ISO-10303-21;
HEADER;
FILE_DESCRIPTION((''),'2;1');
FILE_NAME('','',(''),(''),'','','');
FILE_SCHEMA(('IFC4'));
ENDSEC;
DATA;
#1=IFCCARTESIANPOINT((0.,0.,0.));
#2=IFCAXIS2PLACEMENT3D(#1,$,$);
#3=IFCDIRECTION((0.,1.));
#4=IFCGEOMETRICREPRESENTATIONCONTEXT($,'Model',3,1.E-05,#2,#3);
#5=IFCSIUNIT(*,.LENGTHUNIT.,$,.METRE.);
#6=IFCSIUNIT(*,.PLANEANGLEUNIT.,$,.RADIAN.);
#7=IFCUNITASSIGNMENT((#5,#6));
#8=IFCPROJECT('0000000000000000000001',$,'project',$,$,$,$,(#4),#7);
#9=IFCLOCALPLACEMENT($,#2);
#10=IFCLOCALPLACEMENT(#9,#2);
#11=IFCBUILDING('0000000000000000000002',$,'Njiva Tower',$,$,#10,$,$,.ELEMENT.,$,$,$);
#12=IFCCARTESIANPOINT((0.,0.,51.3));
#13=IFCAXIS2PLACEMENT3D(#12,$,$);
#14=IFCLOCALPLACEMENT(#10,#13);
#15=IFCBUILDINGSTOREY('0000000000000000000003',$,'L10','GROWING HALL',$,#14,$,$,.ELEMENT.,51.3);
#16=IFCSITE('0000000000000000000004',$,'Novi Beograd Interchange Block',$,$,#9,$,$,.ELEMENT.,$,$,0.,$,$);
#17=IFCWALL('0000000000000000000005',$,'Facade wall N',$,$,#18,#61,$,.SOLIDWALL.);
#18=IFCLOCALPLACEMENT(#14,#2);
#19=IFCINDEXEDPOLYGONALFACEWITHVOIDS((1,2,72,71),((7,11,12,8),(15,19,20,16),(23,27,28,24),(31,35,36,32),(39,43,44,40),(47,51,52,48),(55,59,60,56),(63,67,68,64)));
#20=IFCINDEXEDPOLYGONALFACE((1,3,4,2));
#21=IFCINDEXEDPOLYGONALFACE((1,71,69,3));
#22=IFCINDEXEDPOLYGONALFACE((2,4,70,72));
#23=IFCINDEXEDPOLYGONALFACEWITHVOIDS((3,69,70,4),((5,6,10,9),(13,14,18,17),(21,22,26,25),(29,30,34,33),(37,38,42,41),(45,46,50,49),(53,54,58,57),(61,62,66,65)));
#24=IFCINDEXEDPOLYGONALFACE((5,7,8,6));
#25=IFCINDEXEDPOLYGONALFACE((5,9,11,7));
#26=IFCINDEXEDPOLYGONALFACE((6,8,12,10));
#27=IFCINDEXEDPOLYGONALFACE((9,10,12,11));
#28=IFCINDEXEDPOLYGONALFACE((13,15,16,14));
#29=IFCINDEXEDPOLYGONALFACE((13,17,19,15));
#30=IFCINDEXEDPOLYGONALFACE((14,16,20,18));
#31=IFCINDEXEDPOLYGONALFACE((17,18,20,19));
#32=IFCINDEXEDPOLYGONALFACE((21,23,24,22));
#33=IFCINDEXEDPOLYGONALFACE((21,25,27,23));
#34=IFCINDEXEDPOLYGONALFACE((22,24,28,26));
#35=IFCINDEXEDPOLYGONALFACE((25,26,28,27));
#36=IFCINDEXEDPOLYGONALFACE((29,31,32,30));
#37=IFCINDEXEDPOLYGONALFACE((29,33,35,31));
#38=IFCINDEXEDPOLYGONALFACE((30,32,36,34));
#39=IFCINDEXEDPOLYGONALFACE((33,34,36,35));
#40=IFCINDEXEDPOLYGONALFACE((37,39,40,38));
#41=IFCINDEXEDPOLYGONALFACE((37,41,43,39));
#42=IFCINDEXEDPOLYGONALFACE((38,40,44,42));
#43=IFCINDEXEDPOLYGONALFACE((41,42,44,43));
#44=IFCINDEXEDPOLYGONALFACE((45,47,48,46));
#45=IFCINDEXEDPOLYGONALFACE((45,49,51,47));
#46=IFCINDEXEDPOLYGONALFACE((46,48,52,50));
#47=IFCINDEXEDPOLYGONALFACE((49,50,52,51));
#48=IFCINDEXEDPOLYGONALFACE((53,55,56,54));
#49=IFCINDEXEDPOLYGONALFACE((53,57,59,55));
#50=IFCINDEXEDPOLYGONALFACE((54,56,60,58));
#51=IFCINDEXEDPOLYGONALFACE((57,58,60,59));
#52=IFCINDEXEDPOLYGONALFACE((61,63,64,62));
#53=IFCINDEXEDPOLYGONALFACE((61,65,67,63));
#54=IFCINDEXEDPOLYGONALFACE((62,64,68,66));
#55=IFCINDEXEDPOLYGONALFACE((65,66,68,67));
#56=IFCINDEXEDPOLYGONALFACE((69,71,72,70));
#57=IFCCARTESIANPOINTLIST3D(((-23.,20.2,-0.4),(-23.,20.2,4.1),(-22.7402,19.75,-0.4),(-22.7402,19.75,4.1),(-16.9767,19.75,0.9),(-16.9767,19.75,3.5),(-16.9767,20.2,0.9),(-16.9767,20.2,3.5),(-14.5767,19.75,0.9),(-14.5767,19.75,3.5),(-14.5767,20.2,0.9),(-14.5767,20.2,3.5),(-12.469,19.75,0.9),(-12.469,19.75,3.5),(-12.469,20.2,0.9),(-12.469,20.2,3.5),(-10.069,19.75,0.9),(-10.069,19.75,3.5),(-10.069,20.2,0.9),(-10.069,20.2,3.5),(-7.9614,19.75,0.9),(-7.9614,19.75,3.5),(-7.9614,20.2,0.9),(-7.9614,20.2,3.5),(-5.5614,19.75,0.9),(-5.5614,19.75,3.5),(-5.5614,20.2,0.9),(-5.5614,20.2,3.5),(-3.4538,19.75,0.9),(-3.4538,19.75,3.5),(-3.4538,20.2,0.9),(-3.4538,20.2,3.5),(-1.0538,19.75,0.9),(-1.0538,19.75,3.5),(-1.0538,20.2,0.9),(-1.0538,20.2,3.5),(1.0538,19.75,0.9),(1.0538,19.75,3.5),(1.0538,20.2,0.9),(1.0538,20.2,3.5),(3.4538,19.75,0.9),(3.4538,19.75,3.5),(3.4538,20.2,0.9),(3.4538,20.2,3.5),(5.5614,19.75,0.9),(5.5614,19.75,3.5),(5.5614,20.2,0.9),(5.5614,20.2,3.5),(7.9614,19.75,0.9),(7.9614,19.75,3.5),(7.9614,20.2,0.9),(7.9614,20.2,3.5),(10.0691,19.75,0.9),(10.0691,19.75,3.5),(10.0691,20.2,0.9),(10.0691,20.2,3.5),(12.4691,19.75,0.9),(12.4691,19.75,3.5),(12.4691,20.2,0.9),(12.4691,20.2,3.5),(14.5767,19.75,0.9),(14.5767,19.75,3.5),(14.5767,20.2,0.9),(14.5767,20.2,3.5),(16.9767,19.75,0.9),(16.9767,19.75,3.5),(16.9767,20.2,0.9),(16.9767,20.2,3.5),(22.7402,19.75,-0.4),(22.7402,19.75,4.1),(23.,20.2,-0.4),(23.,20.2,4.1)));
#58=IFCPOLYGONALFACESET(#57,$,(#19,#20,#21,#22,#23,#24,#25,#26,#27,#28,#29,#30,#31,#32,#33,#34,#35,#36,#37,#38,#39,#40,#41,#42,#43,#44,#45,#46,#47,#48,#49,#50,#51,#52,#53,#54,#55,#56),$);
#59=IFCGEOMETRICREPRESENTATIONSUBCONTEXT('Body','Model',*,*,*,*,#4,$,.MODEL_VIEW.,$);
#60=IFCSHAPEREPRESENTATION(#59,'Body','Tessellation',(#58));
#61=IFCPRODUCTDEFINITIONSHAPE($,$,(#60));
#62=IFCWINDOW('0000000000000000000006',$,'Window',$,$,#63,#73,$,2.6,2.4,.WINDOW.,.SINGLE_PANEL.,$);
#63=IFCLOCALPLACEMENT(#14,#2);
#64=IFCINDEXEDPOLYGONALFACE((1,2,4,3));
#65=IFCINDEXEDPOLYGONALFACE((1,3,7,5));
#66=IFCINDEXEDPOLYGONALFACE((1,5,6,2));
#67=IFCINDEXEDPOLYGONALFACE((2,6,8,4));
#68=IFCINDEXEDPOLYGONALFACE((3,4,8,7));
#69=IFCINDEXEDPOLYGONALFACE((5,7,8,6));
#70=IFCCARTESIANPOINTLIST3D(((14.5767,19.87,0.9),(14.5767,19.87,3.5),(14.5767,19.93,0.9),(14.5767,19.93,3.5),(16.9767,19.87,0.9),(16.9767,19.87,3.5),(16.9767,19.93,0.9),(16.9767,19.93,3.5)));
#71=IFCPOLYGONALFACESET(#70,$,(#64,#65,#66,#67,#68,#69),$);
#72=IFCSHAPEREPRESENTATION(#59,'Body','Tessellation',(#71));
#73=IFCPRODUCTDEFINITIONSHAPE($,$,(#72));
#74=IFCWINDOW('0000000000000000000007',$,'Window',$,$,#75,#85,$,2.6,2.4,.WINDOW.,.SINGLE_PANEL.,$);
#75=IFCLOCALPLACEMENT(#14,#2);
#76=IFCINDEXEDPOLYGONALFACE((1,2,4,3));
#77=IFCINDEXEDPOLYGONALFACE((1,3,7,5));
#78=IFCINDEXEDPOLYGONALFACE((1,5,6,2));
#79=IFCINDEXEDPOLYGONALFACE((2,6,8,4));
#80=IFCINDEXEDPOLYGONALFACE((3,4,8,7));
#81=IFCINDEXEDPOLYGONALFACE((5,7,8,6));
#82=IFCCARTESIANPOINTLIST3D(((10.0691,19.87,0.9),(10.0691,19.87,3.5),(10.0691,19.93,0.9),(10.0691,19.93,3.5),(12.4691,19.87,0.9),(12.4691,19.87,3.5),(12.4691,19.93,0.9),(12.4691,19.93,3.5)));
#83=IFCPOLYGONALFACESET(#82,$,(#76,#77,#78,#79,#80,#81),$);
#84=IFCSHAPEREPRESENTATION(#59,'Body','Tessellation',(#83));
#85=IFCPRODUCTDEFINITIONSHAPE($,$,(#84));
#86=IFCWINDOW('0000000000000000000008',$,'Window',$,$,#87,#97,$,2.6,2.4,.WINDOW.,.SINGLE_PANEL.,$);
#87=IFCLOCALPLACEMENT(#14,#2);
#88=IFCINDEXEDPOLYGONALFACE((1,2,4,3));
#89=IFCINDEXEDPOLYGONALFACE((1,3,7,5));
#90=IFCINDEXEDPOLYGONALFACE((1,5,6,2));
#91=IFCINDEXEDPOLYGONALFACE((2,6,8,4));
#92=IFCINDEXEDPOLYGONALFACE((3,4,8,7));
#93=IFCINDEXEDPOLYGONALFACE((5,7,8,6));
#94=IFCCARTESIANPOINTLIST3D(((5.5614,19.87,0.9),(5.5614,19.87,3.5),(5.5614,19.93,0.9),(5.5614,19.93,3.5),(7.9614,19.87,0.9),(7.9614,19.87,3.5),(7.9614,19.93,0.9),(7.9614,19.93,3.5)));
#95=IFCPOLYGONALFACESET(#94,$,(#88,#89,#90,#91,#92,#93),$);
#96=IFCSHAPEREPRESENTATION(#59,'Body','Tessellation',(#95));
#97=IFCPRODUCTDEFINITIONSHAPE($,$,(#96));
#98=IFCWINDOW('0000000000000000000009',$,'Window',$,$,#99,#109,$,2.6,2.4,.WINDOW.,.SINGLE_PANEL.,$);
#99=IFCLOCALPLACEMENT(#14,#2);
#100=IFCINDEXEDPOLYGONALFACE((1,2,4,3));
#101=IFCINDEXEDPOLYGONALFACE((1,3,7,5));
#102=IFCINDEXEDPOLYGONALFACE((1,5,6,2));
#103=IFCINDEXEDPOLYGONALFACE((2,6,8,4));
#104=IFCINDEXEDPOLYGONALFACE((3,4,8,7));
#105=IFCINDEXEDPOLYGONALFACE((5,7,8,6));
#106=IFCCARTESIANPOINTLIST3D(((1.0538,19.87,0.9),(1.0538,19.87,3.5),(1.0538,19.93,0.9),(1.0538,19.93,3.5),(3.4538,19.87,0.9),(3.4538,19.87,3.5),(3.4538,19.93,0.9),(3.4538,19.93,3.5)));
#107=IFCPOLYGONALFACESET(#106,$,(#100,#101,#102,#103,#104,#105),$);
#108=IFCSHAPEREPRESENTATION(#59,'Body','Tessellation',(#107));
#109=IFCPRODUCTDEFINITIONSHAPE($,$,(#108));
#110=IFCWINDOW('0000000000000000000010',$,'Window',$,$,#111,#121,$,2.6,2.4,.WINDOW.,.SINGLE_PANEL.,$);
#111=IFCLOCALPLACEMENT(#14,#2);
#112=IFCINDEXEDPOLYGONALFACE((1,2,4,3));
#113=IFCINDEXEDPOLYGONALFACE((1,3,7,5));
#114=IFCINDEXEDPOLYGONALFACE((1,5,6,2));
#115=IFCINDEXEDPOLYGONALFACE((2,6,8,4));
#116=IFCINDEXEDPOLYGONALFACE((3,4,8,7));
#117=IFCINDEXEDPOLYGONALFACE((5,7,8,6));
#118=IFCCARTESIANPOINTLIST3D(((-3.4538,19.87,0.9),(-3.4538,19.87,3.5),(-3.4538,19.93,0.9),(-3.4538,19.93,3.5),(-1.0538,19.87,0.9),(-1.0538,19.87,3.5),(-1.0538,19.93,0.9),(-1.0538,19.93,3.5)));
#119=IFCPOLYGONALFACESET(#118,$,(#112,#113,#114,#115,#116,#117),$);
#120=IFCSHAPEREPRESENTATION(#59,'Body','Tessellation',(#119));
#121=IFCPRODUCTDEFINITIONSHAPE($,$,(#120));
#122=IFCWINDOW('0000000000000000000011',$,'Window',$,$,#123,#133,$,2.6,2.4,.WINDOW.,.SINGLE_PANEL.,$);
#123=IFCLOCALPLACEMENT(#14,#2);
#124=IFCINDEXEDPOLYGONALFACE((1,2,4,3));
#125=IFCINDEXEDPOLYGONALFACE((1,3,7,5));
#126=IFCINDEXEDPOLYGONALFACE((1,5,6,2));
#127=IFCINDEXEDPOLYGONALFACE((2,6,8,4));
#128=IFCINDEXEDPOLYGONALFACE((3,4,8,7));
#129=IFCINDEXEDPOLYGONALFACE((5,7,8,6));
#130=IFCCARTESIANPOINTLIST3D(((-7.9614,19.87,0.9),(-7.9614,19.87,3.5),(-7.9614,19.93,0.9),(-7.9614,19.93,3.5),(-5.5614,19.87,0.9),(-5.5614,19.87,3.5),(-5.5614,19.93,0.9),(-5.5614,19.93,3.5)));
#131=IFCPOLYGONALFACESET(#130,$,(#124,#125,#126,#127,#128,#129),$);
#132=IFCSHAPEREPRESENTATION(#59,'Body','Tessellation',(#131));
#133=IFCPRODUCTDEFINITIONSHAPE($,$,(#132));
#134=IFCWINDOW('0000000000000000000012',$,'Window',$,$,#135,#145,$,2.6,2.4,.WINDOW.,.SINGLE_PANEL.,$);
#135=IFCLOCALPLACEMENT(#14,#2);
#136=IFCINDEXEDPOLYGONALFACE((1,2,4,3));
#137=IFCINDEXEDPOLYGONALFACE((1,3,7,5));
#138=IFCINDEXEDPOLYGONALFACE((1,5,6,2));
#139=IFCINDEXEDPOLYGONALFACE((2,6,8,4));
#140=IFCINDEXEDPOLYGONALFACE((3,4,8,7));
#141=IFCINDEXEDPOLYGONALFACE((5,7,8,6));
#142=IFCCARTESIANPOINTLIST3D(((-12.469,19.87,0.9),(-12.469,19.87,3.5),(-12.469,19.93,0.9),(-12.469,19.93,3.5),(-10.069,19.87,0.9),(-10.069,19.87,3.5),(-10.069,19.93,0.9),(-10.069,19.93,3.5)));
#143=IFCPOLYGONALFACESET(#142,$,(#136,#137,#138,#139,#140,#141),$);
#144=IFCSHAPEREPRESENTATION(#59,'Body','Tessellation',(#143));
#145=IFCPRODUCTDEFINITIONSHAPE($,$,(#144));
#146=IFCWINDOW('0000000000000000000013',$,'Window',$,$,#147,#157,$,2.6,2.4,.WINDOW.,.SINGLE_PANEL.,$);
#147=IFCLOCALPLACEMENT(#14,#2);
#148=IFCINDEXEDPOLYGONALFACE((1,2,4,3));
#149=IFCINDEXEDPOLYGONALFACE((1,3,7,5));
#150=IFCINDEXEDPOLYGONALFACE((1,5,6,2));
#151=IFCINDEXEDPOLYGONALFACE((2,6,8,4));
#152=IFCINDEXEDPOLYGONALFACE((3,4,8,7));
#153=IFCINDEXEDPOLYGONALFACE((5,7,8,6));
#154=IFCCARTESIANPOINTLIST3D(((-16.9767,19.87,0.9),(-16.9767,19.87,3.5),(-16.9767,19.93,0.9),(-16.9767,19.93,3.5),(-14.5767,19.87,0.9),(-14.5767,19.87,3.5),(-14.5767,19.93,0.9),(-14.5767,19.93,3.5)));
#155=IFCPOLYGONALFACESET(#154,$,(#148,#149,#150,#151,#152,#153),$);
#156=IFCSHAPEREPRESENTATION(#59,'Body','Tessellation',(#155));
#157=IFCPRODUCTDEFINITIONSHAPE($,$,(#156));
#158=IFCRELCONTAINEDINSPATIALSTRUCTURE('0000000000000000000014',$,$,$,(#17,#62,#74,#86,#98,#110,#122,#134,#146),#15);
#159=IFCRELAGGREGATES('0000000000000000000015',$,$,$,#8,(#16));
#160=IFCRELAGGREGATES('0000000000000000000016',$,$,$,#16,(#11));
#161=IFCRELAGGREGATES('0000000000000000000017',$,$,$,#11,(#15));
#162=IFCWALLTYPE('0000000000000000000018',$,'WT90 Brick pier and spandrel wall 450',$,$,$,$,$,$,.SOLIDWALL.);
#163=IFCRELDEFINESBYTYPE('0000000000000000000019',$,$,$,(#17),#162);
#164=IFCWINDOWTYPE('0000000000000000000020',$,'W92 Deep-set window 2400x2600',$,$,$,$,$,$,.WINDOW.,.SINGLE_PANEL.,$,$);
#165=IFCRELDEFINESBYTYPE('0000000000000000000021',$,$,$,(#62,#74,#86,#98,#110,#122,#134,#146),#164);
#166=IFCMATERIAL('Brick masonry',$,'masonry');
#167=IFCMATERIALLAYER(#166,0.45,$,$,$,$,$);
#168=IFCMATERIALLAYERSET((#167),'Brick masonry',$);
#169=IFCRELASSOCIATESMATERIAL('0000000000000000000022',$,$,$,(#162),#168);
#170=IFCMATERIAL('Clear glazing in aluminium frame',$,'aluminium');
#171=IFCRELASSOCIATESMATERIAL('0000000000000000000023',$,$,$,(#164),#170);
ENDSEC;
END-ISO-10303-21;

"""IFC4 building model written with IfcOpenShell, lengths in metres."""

from ifc_helpers import new_model, si_unit, direction, frame, frame_2d, origin, place, context, subcontext, project, spatial, polyline, rectangle, outline, extrude, material, layer, layer_set, type_object, element, fill, save


model = new_model("IFC4")

# Units and contexts
model_context = context("Model", 3, precision=1e-05, world=origin(), true_north=direction((0.0, 1.0)))
body_context = subcontext(model_context, "Body", "Model", "MODEL_VIEW")
ifc_project = project(units=[si_unit("LENGTHUNIT", "METRE"), si_unit("PLANEANGLEUNIT", "RADIAN")], contexts=[model_context])

# Site, building, storey
site_placement = place(None, origin())
site = spatial("IfcSite", under=ifc_project, at=site_placement, Name="Novi Beograd Interchange Block", CompositionType="ELEMENT", RefElevation=0.0)
building_placement = place(site_placement, origin())
building = spatial("IfcBuilding", under=site, at=building_placement, Name="Njiva Tower", CompositionType="ELEMENT")
storey_placement = place(building_placement, frame((0.0, 0.0, 51.3)))
storey = spatial("IfcBuildingStorey", under=building, at=storey_placement, Name="L10", Description="GROWING HALL", CompositionType="ELEMENT", Elevation=51.3)

# Wall, openings, windows
ifc_material_1 = material(Name="Brick masonry", Category="masonry")
ifc_layer_1 = layer(ifc_material_1, 0.45)
ifc_layer_set_1 = layer_set([ifc_layer_1], Name="Brick masonry")
wall_type_1 = type_object("IfcWallType", Name="WT90 Brick pier and spandrel wall 450", PredefinedType="SOLIDWALL", material=ifc_layer_set_1)
wall_1_placement = place(storey_placement, frame((22.8701, 19.975, -0.4), z_axis=(0.0, 0.0, 1.0), x_axis=(-1.0, 0.0, 0.0)))
wall_1 = element("IfcWall", 1, at=wall_1_placement, inside=storey, type_object=wall_type_1, Name="Facade wall N", PredefinedType="SOLIDWALL", context=body_context, shape_type="SweptSolid", body=[
    extrude(outline(polyline([(-0.1299, -0.225), (45.8701, -0.225), (45.6103, 0.225), (0.1299, 0.225), (-0.1299, -0.225)])), origin(), (0.0, 0.0, 1.0), 4.5),
])
opening_1_placement = place(wall_1_placement, frame((5.8934, 0.0, 1.3)))
opening_1 = element("IfcOpeningElement", 2, at=opening_1_placement, cuts=wall_1, PredefinedType="OPENING", context=body_context, shape_type="SweptSolid", body=[
    extrude(rectangle(XDim=2.4, YDim=2.6, at=frame_2d((1.2, 1.3))), frame((0.0, 0.235, 0.0), z_axis=(0.0, -1.0, 0.0), x_axis=(1.0, 0.0, 0.0)), (0.0, 0.0, 1.0), 0.47),
])
opening_2_placement = place(wall_1_placement, frame((10.401, 0.0, 1.3)))
opening_2 = element("IfcOpeningElement", 3, at=opening_2_placement, cuts=wall_1, PredefinedType="OPENING", context=body_context, shape_type="SweptSolid", body=[
    extrude(rectangle(XDim=2.4, YDim=2.6, at=frame_2d((1.2, 1.3))), frame((0.0, 0.235, 0.0), z_axis=(0.0, -1.0, 0.0), x_axis=(1.0, 0.0, 0.0)), (0.0, 0.0, 1.0), 0.47),
])
opening_3_placement = place(wall_1_placement, frame((14.9087, 0.0, 1.3)))
opening_3 = element("IfcOpeningElement", 4, at=opening_3_placement, cuts=wall_1, PredefinedType="OPENING", context=body_context, shape_type="SweptSolid", body=[
    extrude(rectangle(XDim=2.4, YDim=2.6, at=frame_2d((1.2, 1.3))), frame((0.0, 0.235, 0.0), z_axis=(0.0, -1.0, 0.0), x_axis=(1.0, 0.0, 0.0)), (0.0, 0.0, 1.0), 0.47),
])
opening_4_placement = place(wall_1_placement, frame((19.4163, 0.0, 1.3)))
opening_4 = element("IfcOpeningElement", 5, at=opening_4_placement, cuts=wall_1, PredefinedType="OPENING", context=body_context, shape_type="SweptSolid", body=[
    extrude(rectangle(XDim=2.4, YDim=2.6, at=frame_2d((1.2, 1.3))), frame((0.0, 0.235, 0.0), z_axis=(0.0, -1.0, 0.0), x_axis=(1.0, 0.0, 0.0)), (0.0, 0.0, 1.0), 0.47),
])
opening_5_placement = place(wall_1_placement, frame((23.9239, 0.0, 1.3)))
opening_5 = element("IfcOpeningElement", 6, at=opening_5_placement, cuts=wall_1, PredefinedType="OPENING", context=body_context, shape_type="SweptSolid", body=[
    extrude(rectangle(XDim=2.4, YDim=2.6, at=frame_2d((1.2, 1.3))), frame((0.0, 0.235, 0.0), z_axis=(0.0, -1.0, 0.0), x_axis=(1.0, 0.0, 0.0)), (0.0, 0.0, 1.0), 0.47),
])
opening_6_placement = place(wall_1_placement, frame((28.4315, 0.0, 1.3)))
opening_6 = element("IfcOpeningElement", 7, at=opening_6_placement, cuts=wall_1, PredefinedType="OPENING", context=body_context, shape_type="SweptSolid", body=[
    extrude(rectangle(XDim=2.4, YDim=2.6, at=frame_2d((1.2, 1.3))), frame((0.0, 0.235, 0.0), z_axis=(0.0, -1.0, 0.0), x_axis=(1.0, 0.0, 0.0)), (0.0, 0.0, 1.0), 0.47),
])
opening_7_placement = place(wall_1_placement, frame((32.9391, 0.0, 1.3)))
opening_7 = element("IfcOpeningElement", 8, at=opening_7_placement, cuts=wall_1, PredefinedType="OPENING", context=body_context, shape_type="SweptSolid", body=[
    extrude(rectangle(XDim=2.4, YDim=2.6, at=frame_2d((1.2, 1.3))), frame((0.0, 0.235, 0.0), z_axis=(0.0, -1.0, 0.0), x_axis=(1.0, 0.0, 0.0)), (0.0, 0.0, 1.0), 0.47),
])
opening_8_placement = place(wall_1_placement, frame((37.4468, 0.0, 1.3)))
opening_8 = element("IfcOpeningElement", 9, at=opening_8_placement, cuts=wall_1, PredefinedType="OPENING", context=body_context, shape_type="SweptSolid", body=[
    extrude(rectangle(XDim=2.4, YDim=2.6, at=frame_2d((1.2, 1.3))), frame((0.0, 0.235, 0.0), z_axis=(0.0, -1.0, 0.0), x_axis=(1.0, 0.0, 0.0)), (0.0, 0.0, 1.0), 0.47),
])
ifc_material_2 = material(Name="Clear glazing in aluminium frame", Category="aluminium")
window_type = type_object("IfcWindowType", Name="W92 Deep-set window 2400x2600", PartitioningType="SINGLE_PANEL", PredefinedType="WINDOW", material=ifc_material_2)
window_1_placement = place(opening_1_placement, origin())
window_1 = element("IfcWindow", 10, at=window_1_placement, inside=storey, type_object=window_type, Name="Window", OverallHeight=2.6, OverallWidth=2.4, PartitioningType="SINGLE_PANEL", PredefinedType="WINDOW", context=body_context, shape_type="SweptSolid", body=[
    extrude(rectangle(XDim=2.4, YDim=2.6, at=frame_2d((1.2, 1.3))), frame((0.0, 0.105, 0.0), z_axis=(0.0, -1.0, 0.0), x_axis=(1.0, 0.0, 0.0)), (0.0, 0.0, 1.0), 0.06),
])
fill(opening_1, window_1)
window_2_placement = place(opening_2_placement, origin())
window_2 = element("IfcWindow", 11, at=window_2_placement, inside=storey, type_object=window_type, Name="Window", OverallHeight=2.6, OverallWidth=2.4, PartitioningType="SINGLE_PANEL", PredefinedType="WINDOW", context=body_context, shape_type="SweptSolid", body=[
    extrude(rectangle(XDim=2.4, YDim=2.6, at=frame_2d((1.2, 1.3))), frame((0.0, 0.105, 0.0), z_axis=(0.0, -1.0, 0.0), x_axis=(1.0, 0.0, 0.0)), (0.0, 0.0, 1.0), 0.06),
])
fill(opening_2, window_2)
window_3_placement = place(opening_3_placement, origin())
window_3 = element("IfcWindow", 12, at=window_3_placement, inside=storey, type_object=window_type, Name="Window", OverallHeight=2.6, OverallWidth=2.4, PartitioningType="SINGLE_PANEL", PredefinedType="WINDOW", context=body_context, shape_type="SweptSolid", body=[
    extrude(rectangle(XDim=2.4, YDim=2.6, at=frame_2d((1.2, 1.3))), frame((0.0, 0.105, 0.0), z_axis=(0.0, -1.0, 0.0), x_axis=(1.0, 0.0, 0.0)), (0.0, 0.0, 1.0), 0.06),
])
fill(opening_3, window_3)
window_4_placement = place(opening_4_placement, origin())
window_4 = element("IfcWindow", 13, at=window_4_placement, inside=storey, type_object=window_type, Name="Window", OverallHeight=2.6, OverallWidth=2.4, PartitioningType="SINGLE_PANEL", PredefinedType="WINDOW", context=body_context, shape_type="SweptSolid", body=[
    extrude(rectangle(XDim=2.4, YDim=2.6, at=frame_2d((1.2, 1.3))), frame((0.0, 0.105, 0.0), z_axis=(0.0, -1.0, 0.0), x_axis=(1.0, 0.0, 0.0)), (0.0, 0.0, 1.0), 0.06),
])
fill(opening_4, window_4)
window_5_placement = place(opening_5_placement, origin())
window_5 = element("IfcWindow", 14, at=window_5_placement, inside=storey, type_object=window_type, Name="Window", OverallHeight=2.6, OverallWidth=2.4, PartitioningType="SINGLE_PANEL", PredefinedType="WINDOW", context=body_context, shape_type="SweptSolid", body=[
    extrude(rectangle(XDim=2.4, YDim=2.6, at=frame_2d((1.2, 1.3))), frame((0.0, 0.105, 0.0), z_axis=(0.0, -1.0, 0.0), x_axis=(1.0, 0.0, 0.0)), (0.0, 0.0, 1.0), 0.06),
])
fill(opening_5, window_5)
window_6_placement = place(opening_6_placement, origin())
window_6 = element("IfcWindow", 15, at=window_6_placement, inside=storey, type_object=window_type, Name="Window", OverallHeight=2.6, OverallWidth=2.4, PartitioningType="SINGLE_PANEL", PredefinedType="WINDOW", context=body_context, shape_type="SweptSolid", body=[
    extrude(rectangle(XDim=2.4, YDim=2.6, at=frame_2d((1.2, 1.3))), frame((0.0, 0.105, 0.0), z_axis=(0.0, -1.0, 0.0), x_axis=(1.0, 0.0, 0.0)), (0.0, 0.0, 1.0), 0.06),
])
fill(opening_6, window_6)
window_7_placement = place(opening_7_placement, origin())
window_7 = element("IfcWindow", 16, at=window_7_placement, inside=storey, type_object=window_type, Name="Window", OverallHeight=2.6, OverallWidth=2.4, PartitioningType="SINGLE_PANEL", PredefinedType="WINDOW", context=body_context, shape_type="SweptSolid", body=[
    extrude(rectangle(XDim=2.4, YDim=2.6, at=frame_2d((1.2, 1.3))), frame((0.0, 0.105, 0.0), z_axis=(0.0, -1.0, 0.0), x_axis=(1.0, 0.0, 0.0)), (0.0, 0.0, 1.0), 0.06),
])
fill(opening_7, window_7)
window_8_placement = place(opening_8_placement, origin())
window_8 = element("IfcWindow", 17, at=window_8_placement, inside=storey, type_object=window_type, Name="Window", OverallHeight=2.6, OverallWidth=2.4, PartitioningType="SINGLE_PANEL", PredefinedType="WINDOW", context=body_context, shape_type="SweptSolid", body=[
    extrude(rectangle(XDim=2.4, YDim=2.6, at=frame_2d((1.2, 1.3))), frame((0.0, 0.105, 0.0), z_axis=(0.0, -1.0, 0.0), x_axis=(1.0, 0.0, 0.0)), (0.0, 0.0, 1.0), 0.06),
])
fill(opening_8, window_8)

save(model, "model.ifc")
